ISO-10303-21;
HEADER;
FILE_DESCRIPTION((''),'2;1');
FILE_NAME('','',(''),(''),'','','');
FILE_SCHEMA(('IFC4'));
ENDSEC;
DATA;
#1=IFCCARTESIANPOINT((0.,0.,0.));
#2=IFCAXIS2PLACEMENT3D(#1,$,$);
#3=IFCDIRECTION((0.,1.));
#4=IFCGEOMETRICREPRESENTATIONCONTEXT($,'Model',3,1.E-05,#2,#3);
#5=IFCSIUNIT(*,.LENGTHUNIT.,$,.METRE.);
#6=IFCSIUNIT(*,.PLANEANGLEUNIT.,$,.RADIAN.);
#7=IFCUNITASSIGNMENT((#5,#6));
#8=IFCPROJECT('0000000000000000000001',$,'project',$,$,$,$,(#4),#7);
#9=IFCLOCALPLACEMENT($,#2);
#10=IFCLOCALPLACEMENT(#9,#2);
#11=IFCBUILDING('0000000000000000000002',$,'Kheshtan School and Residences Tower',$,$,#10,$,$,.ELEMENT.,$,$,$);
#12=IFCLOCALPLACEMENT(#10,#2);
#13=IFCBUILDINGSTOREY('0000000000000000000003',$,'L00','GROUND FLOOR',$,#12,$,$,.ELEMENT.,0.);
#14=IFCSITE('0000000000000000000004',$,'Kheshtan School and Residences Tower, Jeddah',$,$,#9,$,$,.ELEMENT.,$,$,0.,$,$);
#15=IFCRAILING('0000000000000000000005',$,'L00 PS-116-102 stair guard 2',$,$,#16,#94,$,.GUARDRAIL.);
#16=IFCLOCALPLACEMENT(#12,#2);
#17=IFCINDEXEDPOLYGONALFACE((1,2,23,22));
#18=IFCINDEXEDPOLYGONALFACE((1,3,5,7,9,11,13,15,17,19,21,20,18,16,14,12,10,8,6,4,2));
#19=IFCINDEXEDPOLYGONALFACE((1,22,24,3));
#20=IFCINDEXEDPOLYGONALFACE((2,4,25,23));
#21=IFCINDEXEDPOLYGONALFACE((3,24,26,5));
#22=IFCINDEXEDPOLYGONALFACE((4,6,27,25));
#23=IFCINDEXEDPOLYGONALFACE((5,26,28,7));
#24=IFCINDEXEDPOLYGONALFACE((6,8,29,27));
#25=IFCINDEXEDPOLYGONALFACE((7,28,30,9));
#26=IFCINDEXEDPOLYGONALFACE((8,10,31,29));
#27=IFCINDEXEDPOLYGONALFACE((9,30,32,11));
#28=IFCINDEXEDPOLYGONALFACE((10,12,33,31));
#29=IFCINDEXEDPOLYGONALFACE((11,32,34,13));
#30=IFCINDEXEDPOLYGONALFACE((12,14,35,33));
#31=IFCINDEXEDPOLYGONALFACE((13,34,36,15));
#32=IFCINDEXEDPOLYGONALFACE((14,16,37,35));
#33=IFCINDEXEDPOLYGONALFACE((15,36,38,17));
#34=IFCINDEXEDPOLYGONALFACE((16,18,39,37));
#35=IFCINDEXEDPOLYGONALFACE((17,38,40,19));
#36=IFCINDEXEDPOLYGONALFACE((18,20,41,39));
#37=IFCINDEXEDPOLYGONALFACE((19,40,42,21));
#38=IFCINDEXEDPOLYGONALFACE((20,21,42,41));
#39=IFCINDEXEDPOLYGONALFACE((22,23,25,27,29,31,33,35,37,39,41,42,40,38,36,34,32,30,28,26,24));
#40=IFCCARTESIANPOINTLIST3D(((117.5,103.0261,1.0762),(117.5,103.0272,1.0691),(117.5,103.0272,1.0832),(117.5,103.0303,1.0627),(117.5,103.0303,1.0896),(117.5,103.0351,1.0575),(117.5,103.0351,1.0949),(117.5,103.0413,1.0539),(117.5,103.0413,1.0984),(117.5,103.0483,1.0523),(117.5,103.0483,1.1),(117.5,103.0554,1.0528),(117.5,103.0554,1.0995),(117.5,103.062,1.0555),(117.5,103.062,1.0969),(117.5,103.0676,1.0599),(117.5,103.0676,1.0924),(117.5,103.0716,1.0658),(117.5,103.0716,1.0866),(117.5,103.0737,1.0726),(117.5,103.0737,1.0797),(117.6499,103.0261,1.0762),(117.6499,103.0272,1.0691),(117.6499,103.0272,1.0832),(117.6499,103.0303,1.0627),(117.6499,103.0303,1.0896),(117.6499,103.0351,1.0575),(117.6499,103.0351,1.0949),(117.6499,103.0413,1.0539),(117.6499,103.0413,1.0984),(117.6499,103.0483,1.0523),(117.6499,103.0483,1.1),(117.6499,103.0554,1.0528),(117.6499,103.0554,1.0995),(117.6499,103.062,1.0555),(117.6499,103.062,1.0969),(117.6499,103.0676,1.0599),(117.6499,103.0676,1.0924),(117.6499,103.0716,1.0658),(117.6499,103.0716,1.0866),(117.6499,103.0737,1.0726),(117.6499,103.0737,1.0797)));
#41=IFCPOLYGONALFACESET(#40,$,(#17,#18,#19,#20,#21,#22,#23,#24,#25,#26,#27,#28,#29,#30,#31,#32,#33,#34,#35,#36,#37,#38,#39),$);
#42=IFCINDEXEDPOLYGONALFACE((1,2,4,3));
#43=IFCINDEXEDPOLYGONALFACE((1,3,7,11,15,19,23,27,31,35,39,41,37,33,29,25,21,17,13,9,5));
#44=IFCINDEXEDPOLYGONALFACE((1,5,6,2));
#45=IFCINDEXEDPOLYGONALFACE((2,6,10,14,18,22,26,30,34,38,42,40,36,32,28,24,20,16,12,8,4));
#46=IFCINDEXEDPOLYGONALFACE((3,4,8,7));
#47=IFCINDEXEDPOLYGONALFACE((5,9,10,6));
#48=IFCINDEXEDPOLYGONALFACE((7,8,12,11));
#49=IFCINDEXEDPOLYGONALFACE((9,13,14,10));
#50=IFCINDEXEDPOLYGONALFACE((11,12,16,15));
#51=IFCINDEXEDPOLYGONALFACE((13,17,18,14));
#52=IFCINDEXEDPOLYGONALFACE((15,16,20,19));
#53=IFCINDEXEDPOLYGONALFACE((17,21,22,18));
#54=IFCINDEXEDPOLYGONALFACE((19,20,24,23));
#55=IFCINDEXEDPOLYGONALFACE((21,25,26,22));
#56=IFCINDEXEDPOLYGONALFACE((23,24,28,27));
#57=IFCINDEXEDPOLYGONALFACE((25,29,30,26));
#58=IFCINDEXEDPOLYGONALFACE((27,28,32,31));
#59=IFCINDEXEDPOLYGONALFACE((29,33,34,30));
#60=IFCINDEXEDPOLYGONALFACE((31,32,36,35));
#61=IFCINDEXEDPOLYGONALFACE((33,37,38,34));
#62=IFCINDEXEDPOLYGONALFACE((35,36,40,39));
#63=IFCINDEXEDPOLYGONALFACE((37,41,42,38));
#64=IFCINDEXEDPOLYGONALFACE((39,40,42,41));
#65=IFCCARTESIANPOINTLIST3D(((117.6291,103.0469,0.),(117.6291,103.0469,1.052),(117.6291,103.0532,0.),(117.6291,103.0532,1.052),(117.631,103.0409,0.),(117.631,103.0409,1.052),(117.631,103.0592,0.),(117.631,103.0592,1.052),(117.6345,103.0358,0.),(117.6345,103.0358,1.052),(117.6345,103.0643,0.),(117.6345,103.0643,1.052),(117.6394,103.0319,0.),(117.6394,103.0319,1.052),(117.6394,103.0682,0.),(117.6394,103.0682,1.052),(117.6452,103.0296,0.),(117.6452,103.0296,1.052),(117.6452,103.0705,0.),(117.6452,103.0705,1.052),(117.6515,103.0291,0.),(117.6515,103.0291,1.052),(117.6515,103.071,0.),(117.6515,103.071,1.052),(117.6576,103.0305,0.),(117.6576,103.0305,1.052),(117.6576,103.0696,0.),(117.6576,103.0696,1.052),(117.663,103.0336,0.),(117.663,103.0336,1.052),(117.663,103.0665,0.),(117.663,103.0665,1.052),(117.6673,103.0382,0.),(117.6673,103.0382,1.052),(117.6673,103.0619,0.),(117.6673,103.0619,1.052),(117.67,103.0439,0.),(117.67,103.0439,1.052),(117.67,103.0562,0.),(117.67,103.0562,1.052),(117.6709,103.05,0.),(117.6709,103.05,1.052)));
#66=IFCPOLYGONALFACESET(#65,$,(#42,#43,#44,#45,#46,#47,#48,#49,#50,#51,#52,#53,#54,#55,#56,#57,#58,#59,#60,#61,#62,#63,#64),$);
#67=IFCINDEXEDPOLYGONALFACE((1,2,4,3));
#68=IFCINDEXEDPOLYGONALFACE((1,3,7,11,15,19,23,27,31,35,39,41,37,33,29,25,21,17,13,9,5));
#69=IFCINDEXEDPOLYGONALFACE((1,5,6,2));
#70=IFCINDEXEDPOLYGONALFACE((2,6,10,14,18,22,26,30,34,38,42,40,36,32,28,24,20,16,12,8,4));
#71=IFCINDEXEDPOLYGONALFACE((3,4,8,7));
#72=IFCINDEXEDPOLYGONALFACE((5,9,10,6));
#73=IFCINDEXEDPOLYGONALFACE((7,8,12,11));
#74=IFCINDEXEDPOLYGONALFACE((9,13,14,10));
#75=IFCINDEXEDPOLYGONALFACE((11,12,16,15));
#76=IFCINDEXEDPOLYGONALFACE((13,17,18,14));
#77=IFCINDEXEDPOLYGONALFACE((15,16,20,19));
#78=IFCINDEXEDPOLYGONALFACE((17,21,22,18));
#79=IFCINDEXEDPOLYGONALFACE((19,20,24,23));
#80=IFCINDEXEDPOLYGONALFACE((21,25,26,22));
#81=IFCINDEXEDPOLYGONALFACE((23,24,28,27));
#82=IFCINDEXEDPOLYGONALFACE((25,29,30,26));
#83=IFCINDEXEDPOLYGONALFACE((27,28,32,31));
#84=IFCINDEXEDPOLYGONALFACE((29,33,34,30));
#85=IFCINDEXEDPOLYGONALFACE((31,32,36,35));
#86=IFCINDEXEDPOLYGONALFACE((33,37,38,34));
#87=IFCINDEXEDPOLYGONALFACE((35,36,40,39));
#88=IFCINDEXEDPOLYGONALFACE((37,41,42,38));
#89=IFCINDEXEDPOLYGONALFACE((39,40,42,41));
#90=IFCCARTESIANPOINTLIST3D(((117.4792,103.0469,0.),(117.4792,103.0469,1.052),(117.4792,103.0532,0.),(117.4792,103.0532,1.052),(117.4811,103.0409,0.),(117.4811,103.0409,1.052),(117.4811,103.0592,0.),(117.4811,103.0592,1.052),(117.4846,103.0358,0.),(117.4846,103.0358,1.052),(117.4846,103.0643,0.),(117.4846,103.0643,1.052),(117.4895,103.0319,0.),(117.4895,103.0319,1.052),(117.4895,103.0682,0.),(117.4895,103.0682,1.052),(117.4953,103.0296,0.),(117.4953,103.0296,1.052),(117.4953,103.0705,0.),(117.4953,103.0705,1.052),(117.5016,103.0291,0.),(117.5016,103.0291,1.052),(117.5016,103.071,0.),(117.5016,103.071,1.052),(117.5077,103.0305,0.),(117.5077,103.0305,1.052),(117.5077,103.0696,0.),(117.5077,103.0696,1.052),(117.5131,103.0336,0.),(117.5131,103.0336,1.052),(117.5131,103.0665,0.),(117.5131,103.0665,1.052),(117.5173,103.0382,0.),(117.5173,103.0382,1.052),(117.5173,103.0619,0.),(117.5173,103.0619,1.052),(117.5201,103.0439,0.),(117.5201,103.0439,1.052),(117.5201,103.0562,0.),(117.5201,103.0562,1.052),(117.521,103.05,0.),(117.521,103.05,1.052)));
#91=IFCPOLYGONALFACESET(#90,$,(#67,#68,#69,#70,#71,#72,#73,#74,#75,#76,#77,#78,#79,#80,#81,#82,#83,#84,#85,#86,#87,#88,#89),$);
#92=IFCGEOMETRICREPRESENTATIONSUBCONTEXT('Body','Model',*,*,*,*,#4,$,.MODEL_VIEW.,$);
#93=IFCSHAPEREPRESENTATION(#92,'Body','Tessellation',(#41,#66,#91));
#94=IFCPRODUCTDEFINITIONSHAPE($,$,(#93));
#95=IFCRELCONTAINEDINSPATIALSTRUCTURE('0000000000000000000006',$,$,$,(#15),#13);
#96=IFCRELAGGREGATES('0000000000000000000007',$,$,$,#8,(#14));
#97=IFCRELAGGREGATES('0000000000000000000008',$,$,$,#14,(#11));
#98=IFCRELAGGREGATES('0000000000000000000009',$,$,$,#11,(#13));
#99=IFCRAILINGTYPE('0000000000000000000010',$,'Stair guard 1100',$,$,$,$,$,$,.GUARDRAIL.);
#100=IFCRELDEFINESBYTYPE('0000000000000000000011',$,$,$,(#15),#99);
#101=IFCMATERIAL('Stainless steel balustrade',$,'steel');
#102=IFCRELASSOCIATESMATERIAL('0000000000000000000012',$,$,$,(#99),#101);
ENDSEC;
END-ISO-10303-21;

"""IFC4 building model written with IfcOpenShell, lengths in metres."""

from ifc_helpers import new_model, si_unit, direction, frame, origin, origin_2d, place, context, subcontext, project, spatial, circle, extrude, material, type_object, element, save


model = new_model("IFC4")

# Units and contexts
model_context = context("Model", 3, precision=1e-05, world=origin(), true_north=direction((0.0, 1.0)))
body_context = subcontext(model_context, "Body", "Model", "MODEL_VIEW")
ifc_project = project(units=[si_unit("LENGTHUNIT", "METRE"), si_unit("PLANEANGLEUNIT", "RADIAN")], contexts=[model_context])

# Site, building, storey
site_placement = place(None, origin())
site = spatial("IfcSite", under=ifc_project, at=site_placement, Name="Kheshtan School and Residences Tower, Jeddah", CompositionType="ELEMENT", RefElevation=0.0)
building_placement = place(site_placement, origin())
building = spatial("IfcBuilding", under=site, at=building_placement, Name="Kheshtan School and Residences Tower", CompositionType="ELEMENT")
storey_placement = place(building_placement, origin())
storey = spatial("IfcBuildingStorey", under=building, at=storey_placement, Name="L00", Description="GROUND FLOOR", CompositionType="ELEMENT", Elevation=0.0)

# Railing
ifc_material_1 = material(Name="Stainless steel balustrade", Category="steel")
railing_type_1 = type_object("IfcRailingType", Name="Stair guard 1100", PredefinedType="GUARDRAIL", material=ifc_material_1)
railing_1_placement = place(storey_placement, frame((117.6499, 103.05, 0.0)))
element("IfcRailing", 1, at=railing_1_placement, inside=storey, type_object=railing_type_1, Name="L00 PS-116-102 stair guard 2", PredefinedType="GUARDRAIL", context=body_context, shape_type="SweptSolid", body=[
    extrude(circle(Radius=0.0239, at=origin_2d()), frame((0.0, 0.0, 1.0762), z_axis=(-1.0, 0.0, 0.0), x_axis=(0.0, -1.0, 0.0)), (0.0, 0.0, 1.0), 0.1499),
    extrude(circle(Radius=0.021, at=origin_2d()), origin(), (0.0, 0.0, 1.0), 1.052),
    extrude(circle(Radius=0.021, at=origin_2d()), frame((-0.1499, 0.0, 0.0)), (0.0, 0.0, 1.0), 1.052),
])

save(model, "model.ifc")
